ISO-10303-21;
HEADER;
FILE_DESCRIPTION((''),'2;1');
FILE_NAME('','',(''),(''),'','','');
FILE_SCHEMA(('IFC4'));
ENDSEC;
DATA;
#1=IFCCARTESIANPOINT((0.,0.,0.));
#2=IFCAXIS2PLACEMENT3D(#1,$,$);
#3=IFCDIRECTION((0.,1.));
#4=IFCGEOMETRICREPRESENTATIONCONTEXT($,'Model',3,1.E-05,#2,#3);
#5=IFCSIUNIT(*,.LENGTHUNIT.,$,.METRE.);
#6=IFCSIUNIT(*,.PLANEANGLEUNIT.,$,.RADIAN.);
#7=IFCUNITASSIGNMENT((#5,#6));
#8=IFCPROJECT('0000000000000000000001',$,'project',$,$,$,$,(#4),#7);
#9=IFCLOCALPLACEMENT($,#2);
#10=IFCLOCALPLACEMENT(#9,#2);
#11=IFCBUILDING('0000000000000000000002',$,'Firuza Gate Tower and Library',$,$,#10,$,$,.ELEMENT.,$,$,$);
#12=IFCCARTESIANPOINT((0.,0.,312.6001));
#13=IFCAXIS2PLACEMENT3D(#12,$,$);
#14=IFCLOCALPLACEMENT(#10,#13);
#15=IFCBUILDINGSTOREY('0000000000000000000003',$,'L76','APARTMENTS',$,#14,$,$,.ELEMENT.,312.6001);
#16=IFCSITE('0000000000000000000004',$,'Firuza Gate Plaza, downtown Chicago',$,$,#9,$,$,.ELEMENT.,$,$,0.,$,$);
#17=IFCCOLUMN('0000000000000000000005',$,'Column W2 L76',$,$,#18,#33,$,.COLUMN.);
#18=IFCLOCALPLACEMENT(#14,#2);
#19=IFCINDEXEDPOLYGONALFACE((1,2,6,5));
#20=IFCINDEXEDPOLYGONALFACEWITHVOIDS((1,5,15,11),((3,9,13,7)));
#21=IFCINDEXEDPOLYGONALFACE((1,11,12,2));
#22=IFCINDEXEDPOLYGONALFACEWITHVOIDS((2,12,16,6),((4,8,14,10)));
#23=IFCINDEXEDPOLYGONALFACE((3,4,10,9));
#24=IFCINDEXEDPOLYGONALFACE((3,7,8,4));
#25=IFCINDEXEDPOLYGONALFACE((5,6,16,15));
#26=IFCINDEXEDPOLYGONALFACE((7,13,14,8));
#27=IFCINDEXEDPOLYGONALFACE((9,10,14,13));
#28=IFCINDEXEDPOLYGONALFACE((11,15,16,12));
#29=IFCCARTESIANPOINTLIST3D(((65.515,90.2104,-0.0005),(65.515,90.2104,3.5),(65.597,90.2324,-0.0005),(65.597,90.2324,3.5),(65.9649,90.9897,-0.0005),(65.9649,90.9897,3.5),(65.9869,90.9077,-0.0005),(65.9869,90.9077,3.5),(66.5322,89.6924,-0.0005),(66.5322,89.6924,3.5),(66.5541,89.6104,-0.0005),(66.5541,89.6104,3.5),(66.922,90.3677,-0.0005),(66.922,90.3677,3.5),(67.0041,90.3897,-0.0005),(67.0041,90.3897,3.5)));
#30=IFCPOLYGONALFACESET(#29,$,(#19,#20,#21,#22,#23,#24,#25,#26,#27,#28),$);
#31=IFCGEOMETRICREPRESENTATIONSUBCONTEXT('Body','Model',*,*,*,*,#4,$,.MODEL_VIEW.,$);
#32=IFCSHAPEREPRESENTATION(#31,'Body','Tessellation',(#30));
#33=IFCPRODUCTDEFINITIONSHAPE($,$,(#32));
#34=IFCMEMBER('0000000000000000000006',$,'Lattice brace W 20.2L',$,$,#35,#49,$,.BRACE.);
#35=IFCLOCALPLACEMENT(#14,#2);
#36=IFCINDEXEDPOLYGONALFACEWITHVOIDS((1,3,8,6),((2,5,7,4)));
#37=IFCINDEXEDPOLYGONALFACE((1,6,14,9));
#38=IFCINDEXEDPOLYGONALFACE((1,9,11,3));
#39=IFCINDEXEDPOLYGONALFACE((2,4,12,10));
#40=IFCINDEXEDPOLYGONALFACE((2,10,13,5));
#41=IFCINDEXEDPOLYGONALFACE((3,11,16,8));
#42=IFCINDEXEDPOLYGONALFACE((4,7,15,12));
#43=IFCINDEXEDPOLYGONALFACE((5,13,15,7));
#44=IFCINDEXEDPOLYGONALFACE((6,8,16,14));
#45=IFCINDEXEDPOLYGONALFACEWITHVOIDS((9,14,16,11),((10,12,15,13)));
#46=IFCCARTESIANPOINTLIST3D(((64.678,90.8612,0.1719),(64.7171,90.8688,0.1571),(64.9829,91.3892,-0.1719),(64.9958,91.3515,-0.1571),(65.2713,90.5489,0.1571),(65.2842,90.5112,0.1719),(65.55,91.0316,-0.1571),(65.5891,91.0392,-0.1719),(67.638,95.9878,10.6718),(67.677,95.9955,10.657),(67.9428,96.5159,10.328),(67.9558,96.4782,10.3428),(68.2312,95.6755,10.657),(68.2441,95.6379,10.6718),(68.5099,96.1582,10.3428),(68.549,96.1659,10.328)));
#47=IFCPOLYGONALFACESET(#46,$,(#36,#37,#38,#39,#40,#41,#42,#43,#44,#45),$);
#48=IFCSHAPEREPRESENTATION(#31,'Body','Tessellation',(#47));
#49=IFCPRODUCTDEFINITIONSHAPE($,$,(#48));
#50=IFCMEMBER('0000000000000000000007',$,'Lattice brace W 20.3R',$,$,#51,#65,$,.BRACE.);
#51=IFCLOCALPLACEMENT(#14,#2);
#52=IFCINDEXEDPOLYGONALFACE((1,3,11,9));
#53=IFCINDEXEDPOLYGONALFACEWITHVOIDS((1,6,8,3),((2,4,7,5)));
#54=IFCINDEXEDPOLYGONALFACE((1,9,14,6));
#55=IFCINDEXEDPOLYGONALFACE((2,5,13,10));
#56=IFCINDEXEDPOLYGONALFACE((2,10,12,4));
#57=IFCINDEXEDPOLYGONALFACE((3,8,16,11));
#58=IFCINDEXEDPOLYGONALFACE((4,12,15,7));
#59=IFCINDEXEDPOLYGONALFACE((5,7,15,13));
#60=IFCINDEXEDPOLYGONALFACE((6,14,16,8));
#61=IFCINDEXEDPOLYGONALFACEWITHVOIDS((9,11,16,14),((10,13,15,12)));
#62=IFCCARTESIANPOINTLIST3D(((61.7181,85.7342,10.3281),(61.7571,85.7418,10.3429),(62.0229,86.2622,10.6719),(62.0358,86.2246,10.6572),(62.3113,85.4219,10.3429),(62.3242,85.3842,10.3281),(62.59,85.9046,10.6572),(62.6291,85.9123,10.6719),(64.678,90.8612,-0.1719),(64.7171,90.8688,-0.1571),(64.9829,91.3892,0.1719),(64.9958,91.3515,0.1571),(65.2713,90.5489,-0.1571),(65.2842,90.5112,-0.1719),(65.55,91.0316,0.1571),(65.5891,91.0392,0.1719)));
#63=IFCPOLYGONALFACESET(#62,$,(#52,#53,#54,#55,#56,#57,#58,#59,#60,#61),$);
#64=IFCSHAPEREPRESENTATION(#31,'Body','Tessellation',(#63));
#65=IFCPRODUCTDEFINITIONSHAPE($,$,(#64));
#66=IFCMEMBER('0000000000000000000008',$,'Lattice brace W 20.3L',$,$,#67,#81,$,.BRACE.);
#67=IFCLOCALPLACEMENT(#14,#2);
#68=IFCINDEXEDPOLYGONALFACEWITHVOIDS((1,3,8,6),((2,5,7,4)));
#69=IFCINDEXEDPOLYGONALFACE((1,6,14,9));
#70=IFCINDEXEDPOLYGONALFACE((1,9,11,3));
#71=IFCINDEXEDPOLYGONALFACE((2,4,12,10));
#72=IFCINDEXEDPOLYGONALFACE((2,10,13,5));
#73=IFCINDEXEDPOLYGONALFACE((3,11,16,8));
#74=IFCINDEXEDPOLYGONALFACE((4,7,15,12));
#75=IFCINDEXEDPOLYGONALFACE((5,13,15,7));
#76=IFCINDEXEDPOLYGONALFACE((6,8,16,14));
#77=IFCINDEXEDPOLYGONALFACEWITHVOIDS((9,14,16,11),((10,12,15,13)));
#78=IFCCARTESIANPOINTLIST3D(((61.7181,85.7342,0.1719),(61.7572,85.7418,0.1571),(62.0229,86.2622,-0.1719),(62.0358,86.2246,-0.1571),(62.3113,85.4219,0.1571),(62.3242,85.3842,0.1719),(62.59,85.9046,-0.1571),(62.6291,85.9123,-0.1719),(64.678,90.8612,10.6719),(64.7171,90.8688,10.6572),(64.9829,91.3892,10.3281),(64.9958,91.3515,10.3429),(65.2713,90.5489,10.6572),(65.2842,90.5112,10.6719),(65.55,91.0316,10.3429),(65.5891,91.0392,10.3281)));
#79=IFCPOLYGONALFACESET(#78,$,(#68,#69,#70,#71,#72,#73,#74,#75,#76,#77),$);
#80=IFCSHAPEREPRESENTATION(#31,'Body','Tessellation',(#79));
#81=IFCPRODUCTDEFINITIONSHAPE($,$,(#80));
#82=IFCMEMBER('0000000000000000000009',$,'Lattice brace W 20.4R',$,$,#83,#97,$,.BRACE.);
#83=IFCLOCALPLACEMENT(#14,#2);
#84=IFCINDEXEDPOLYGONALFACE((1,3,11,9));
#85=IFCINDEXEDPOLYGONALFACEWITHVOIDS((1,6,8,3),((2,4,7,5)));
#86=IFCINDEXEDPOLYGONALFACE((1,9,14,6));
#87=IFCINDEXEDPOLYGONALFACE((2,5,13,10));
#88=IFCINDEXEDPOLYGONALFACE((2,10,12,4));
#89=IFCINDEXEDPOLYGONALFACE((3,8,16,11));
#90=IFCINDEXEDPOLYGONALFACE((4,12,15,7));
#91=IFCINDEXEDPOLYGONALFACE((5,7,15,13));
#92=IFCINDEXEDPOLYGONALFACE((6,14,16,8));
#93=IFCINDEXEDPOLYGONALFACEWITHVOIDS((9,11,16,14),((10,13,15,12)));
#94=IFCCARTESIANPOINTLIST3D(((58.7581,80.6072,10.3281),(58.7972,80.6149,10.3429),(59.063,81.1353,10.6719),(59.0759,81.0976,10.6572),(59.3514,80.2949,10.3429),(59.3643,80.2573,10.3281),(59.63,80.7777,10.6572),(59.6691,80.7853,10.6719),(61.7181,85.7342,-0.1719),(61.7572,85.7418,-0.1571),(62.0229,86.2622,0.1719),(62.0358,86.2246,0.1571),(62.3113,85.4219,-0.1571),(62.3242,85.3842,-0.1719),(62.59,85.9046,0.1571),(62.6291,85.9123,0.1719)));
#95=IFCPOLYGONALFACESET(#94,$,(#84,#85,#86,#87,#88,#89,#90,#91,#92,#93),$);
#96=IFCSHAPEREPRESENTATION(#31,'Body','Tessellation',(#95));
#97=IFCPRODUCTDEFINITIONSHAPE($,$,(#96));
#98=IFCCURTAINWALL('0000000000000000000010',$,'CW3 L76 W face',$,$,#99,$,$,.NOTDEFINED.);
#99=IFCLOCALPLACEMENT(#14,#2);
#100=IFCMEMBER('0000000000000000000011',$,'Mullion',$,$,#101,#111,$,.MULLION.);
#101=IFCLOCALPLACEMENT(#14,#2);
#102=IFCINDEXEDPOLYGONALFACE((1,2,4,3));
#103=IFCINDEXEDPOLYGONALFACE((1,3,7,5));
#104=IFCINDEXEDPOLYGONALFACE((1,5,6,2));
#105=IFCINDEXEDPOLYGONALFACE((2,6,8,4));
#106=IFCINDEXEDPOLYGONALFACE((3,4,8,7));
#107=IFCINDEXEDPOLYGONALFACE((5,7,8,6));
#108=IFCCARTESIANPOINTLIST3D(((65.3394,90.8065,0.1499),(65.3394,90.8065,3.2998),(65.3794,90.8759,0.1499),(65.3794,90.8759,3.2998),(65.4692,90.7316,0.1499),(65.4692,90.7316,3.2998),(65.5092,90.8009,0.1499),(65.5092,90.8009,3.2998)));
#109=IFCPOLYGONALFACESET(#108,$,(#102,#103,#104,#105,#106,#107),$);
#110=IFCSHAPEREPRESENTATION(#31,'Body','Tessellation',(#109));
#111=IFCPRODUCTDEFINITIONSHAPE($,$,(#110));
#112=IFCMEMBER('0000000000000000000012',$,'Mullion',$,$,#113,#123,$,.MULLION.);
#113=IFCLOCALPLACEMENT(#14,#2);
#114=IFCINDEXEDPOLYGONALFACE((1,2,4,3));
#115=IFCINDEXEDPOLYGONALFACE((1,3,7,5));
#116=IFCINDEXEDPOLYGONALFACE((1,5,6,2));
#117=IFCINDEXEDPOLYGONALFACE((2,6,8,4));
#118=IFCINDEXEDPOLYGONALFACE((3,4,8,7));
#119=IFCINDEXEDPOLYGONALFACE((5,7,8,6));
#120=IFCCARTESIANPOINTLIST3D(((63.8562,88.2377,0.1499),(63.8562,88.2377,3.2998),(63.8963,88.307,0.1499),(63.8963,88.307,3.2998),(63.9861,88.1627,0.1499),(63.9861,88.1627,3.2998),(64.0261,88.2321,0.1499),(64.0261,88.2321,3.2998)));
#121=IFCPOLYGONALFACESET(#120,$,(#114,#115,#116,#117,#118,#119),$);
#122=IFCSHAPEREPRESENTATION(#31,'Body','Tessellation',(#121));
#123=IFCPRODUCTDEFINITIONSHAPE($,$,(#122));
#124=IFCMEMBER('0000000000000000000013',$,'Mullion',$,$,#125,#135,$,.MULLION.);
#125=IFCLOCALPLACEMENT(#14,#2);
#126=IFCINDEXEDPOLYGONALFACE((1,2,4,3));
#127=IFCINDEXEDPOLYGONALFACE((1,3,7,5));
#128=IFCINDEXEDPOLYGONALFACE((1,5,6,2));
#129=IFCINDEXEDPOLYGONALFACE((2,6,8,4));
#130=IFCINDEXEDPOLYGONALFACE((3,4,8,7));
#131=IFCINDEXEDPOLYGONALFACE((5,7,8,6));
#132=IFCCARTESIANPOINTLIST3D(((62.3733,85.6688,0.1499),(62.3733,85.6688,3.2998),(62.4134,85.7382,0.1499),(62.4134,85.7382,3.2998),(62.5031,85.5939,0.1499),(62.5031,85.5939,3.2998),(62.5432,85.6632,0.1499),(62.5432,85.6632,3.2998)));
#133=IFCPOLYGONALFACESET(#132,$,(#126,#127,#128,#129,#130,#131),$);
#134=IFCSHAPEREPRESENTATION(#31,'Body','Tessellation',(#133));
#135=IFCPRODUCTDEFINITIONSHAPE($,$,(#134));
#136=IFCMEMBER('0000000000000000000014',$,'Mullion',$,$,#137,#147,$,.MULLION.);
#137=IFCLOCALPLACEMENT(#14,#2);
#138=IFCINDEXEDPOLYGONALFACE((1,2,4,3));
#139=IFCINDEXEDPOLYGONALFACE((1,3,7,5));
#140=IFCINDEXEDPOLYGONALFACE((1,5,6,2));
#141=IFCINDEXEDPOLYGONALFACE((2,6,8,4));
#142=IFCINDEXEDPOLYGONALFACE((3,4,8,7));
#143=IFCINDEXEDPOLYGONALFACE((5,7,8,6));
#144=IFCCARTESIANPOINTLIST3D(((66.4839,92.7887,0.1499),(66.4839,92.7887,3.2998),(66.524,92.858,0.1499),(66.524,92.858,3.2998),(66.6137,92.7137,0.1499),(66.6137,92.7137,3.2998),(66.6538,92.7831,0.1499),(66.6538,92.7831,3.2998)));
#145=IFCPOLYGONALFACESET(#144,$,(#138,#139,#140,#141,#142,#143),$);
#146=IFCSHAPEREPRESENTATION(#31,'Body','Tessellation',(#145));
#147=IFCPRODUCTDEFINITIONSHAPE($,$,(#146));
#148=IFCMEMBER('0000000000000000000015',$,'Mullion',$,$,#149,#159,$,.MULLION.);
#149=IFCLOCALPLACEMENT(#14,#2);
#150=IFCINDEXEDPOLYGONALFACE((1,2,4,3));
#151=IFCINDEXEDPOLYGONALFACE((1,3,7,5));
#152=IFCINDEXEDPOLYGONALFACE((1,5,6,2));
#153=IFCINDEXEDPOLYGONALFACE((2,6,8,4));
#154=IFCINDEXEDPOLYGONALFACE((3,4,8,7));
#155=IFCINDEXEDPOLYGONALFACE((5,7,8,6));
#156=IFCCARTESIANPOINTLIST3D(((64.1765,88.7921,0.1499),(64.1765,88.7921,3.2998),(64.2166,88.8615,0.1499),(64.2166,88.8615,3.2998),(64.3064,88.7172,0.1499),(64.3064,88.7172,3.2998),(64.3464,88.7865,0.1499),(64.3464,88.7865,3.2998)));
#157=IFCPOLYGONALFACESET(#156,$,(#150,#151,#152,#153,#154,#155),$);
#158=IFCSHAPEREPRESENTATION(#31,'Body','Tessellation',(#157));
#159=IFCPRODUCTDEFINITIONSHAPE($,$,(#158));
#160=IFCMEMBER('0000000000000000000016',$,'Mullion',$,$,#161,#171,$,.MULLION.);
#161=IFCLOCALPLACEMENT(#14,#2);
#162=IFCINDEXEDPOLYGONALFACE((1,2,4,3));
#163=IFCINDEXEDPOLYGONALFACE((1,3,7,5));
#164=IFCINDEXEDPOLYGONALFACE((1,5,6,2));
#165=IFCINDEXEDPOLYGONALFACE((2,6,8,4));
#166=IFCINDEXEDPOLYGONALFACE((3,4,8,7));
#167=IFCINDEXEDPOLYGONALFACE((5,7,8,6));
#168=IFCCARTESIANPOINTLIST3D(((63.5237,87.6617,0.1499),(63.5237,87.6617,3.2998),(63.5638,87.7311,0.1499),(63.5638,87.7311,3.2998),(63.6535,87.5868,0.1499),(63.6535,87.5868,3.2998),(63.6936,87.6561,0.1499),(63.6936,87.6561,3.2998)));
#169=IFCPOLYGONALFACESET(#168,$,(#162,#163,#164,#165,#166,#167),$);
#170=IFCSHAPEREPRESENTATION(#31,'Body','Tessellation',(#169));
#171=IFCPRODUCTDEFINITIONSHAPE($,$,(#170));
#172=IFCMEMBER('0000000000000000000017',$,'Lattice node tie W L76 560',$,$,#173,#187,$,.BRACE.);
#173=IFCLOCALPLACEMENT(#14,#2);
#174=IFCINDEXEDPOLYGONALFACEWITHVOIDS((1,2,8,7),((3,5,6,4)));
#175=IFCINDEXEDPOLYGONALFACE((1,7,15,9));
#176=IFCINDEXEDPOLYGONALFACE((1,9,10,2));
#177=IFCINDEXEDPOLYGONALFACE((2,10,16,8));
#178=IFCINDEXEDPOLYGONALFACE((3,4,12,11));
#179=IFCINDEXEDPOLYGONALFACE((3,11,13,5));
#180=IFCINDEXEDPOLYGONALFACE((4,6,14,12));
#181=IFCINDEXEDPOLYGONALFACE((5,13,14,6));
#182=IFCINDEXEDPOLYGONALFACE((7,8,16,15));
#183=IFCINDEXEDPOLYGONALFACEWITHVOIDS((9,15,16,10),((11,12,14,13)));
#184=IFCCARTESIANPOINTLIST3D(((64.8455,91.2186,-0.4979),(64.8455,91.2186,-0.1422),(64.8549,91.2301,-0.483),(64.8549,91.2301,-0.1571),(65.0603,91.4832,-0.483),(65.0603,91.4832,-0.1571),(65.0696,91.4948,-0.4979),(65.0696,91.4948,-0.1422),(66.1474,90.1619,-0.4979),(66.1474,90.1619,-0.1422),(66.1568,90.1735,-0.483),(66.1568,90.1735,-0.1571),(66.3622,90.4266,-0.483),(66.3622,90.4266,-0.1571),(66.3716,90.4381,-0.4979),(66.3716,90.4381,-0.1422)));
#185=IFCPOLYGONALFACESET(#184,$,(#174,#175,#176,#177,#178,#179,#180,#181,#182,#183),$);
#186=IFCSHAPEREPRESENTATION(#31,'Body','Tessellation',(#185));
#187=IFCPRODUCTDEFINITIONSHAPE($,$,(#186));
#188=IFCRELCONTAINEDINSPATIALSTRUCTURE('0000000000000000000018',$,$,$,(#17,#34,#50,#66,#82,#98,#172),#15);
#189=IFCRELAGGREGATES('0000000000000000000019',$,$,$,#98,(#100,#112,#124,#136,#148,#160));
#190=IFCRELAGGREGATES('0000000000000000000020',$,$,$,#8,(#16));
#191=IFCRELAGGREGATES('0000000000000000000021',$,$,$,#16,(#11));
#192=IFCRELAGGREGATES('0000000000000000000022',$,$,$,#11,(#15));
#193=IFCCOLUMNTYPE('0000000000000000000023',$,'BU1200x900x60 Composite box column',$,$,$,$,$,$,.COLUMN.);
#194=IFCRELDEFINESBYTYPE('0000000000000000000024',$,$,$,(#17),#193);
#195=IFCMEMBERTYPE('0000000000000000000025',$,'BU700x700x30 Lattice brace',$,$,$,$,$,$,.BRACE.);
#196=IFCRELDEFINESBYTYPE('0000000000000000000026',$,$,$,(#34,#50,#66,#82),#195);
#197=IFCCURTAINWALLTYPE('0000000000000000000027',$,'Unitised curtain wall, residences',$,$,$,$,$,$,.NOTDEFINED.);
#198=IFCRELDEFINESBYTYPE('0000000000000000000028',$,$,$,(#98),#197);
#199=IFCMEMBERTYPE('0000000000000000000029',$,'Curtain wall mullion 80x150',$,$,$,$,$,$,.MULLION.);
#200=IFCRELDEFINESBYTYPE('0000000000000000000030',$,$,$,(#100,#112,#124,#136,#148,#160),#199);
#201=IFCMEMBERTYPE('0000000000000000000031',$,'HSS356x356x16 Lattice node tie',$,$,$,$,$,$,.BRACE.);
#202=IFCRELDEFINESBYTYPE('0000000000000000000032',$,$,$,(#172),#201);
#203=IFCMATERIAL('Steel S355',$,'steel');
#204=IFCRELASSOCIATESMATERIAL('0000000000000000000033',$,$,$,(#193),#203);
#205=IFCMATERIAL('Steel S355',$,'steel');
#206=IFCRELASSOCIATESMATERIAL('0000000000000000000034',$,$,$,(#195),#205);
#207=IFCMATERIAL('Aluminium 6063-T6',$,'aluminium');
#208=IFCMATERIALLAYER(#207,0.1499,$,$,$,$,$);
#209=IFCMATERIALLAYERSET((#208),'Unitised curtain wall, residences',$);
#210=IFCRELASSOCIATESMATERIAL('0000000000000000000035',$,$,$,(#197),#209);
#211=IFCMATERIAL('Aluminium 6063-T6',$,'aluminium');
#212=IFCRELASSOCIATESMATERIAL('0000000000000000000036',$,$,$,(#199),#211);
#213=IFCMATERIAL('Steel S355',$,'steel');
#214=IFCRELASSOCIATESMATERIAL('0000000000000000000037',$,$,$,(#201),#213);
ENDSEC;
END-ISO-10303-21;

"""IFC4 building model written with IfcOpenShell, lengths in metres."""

from ifc_helpers import new_model, si_unit, direction, frame, origin, origin_2d, place, context, subcontext, project, spatial, rectangle, hollow_rectangle, extrude, material, layer, layer_set, material_profile, profile_set, type_object, element, aggregate, save


model = new_model("IFC4")

# Units and contexts
model_context = context("Model", 3, precision=1e-05, world=origin(), true_north=direction((0.0, 1.0)))
body_context = subcontext(model_context, "Body", "Model", "MODEL_VIEW")
ifc_project = project(units=[si_unit("LENGTHUNIT", "METRE"), si_unit("PLANEANGLEUNIT", "RADIAN")], contexts=[model_context])

# Site, building, storey
site_placement = place(None, origin())
site = spatial("IfcSite", under=ifc_project, at=site_placement, Name="Firuza Gate Plaza, downtown Chicago", CompositionType="ELEMENT", RefElevation=0.0)
building_placement = place(site_placement, origin())
building = spatial("IfcBuilding", under=site, at=building_placement, Name="Firuza Gate Tower and Library", CompositionType="ELEMENT")
storey_placement = place(building_placement, frame((0.0, 0.0, 312.6001)))
storey = spatial("IfcBuildingStorey", under=building, at=storey_placement, Name="L76", Description="APARTMENTS", CompositionType="ELEMENT", Elevation=312.6001)

# Column
ifc_material_1 = material(Name="Steel S355", Category="steel")
ifc_material_profile_1 = material_profile(ifc_material_1, hollow_rectangle(XDim=0.8999, YDim=1.2, WallThickness=0.0601, at=origin_2d()))
ifc_profile_set_1 = profile_set([ifc_material_profile_1], Name="Steel S355")
column_type = type_object("IfcColumnType", Name="BU1200x900x60 Composite box column", PredefinedType="COLUMN", material=ifc_profile_set_1)
column_placement = place(storey_placement, frame((66.2595, 90.3, -0.0005), z_axis=(0.0, 0.0, 1.0), x_axis=(-0.5, -0.866025, 0.0)))
element("IfcColumn", 1, at=column_placement, inside=storey, type_object=column_type, Name="Column W2 L76", PredefinedType="COLUMN", context=body_context, shape_type="SweptSolid", body=[
    extrude(hollow_rectangle(XDim=0.8999, YDim=1.2, WallThickness=0.0601, at=origin_2d()), origin(), (0.0, 0.0, 1.0), 3.5005),
])

# Members
ifc_material_2 = material(Name="Steel S355", Category="steel")
ifc_material_profile_2 = material_profile(ifc_material_2, hollow_rectangle(XDim=0.7, YDim=0.7, WallThickness=0.03, at=origin_2d()))
ifc_profile_set_2 = profile_set([ifc_material_profile_2], Name="Steel S355")
member_type_1 = type_object("IfcMemberType", Name="BU700x700x30 Lattice brace", PredefinedType="BRACE", material=ifc_profile_set_2)
member_1_placement = place(storey_placement, frame((65.1335, 90.9502, 0.0), z_axis=(0.245562, 0.425318, 0.871093), x_axis=(-0.866021, 0.500007, 0.0)))
element("IfcMember", 2, at=member_1_placement, inside=storey, type_object=member_type_1, Name="Lattice brace W 20.2L", PredefinedType="BRACE", context=body_context, shape_type="SweptSolid", body=[
    extrude(hollow_rectangle(XDim=0.7, YDim=0.7, WallThickness=0.03, at=origin_2d()), origin(), (0.0, 0.0, 1.0), 12.0537),
])
for number, where, z_axis, x_axis, name in (
    (3, (65.1335, 90.9502, 0.0), (-0.24556, -0.425335, 0.871086), (0.866032, -0.499989, 0.0), "Lattice brace W 20.3R"),
    (4, (62.1736, 85.8232, 0.0), (0.24556, 0.425335, 0.871086), (-0.866032, 0.499989, 0.0), "Lattice brace W 20.3L"),
    (5, (62.1736, 85.8232, 0.0), (-0.24556, -0.425335, 0.871086), (0.866032, -0.499989, 0.0), "Lattice brace W 20.4R"),
):
    element("IfcMember", number, at=place(storey_placement, frame(where, z_axis=z_axis, x_axis=x_axis)), inside=storey, type_object=member_type_1, Name=name, PredefinedType="BRACE", context=body_context, shape_type="SweptSolid", body=[
        extrude(hollow_rectangle(XDim=0.7, YDim=0.7, WallThickness=0.03, at=origin_2d()), origin(), (0.0, 0.0, 1.0), 12.054),
    ])

# Curtain wall, members
ifc_material_3 = material(Name="Aluminium 6063-T6", Category="aluminium")
ifc_layer_1 = layer(ifc_material_3, 0.1499)
ifc_layer_set_1 = layer_set([ifc_layer_1], Name="Unitised curtain wall, residences")
curtain_wall_type = type_object("IfcCurtainWallType", Name="Unitised curtain wall, residences", PredefinedType="NOTDEFINED", material=ifc_layer_set_1)
placement = place(storey_placement, origin())
curtain_wall = element("IfcCurtainWall", 6, at=placement, inside=storey, type_object=curtain_wall_type, Name="CW3 L76 W face", PredefinedType="NOTDEFINED")
ifc_material_4 = material(Name="Aluminium 6063-T6", Category="aluminium")
ifc_material_profile_3 = material_profile(ifc_material_4, rectangle(XDim=0.1499, YDim=0.0801, at=origin_2d()))
ifc_profile_set_3 = profile_set([ifc_material_profile_3], Name="Aluminium 6063-T6")
member_type_2 = type_object("IfcMemberType", Name="Curtain wall mullion 80x150", PredefinedType="MULLION", material=ifc_profile_set_3)
member_2_placement = place(storey_placement, frame((65.4243, 90.8037, 0.1499), z_axis=(0.0, 0.0, 1.0), x_axis=(0.866025, -0.5, 0.0)))
member_2 = element("IfcMember", 7, at=member_2_placement, type_object=member_type_2, Name="Mullion", PredefinedType="MULLION", context=body_context, shape_type="SweptSolid", body=[
    extrude(rectangle(XDim=0.1499, YDim=0.0801, at=origin_2d()), origin(), (0.0, 0.0, 1.0), 3.1499),
])
member_3_placement = place(storey_placement, frame((63.9412, 88.2349, 0.1499), z_axis=(0.0, 0.0, 1.0), x_axis=(0.866025, -0.5, 0.0)))
member_3 = element("IfcMember", 8, at=member_3_placement, type_object=member_type_2, Name="Mullion", PredefinedType="MULLION", context=body_context, shape_type="SweptSolid", body=[
    extrude(rectangle(XDim=0.1499, YDim=0.0801, at=origin_2d()), origin(), (0.0, 0.0, 1.0), 3.1499),
])
member_4_placement = place(storey_placement, frame((62.4583, 85.666, 0.1499), z_axis=(0.0, 0.0, 1.0), x_axis=(0.866025, -0.5, 0.0)))
member_4 = element("IfcMember", 9, at=member_4_placement, type_object=member_type_2, Name="Mullion", PredefinedType="MULLION", context=body_context, shape_type="SweptSolid", body=[
    extrude(rectangle(XDim=0.1499, YDim=0.0801, at=origin_2d()), origin(), (0.0, 0.0, 1.0), 3.1499),
])
member_5_placement = place(storey_placement, frame((66.5688, 92.7859, 0.1499), z_axis=(0.0, 0.0, 1.0), x_axis=(0.866025, -0.5, 0.0)))
member_5 = element("IfcMember", 10, at=member_5_placement, type_object=member_type_2, Name="Mullion", PredefinedType="MULLION", context=body_context, shape_type="SweptSolid", body=[
    extrude(rectangle(XDim=0.1499, YDim=0.0801, at=origin_2d()), origin(), (0.0, 0.0, 1.0), 3.1499),
])
member_6_placement = place(storey_placement, frame((64.2615, 88.7893, 0.1499), z_axis=(0.0, 0.0, 1.0), x_axis=(0.866025, -0.5, 0.0)))
member_6 = element("IfcMember", 11, at=member_6_placement, type_object=member_type_2, Name="Mullion", PredefinedType="MULLION", context=body_context, shape_type="SweptSolid", body=[
    extrude(rectangle(XDim=0.1499, YDim=0.0801, at=origin_2d()), origin(), (0.0, 0.0, 1.0), 3.1499),
])
member_7_placement = place(storey_placement, frame((63.6086, 87.6589, 0.1499), z_axis=(0.0, 0.0, 1.0), x_axis=(0.866025, -0.5, 0.0)))
member_7 = element("IfcMember", 12, at=member_7_placement, type_object=member_type_2, Name="Mullion", PredefinedType="MULLION", context=body_context, shape_type="SweptSolid", body=[
    extrude(rectangle(XDim=0.1499, YDim=0.0801, at=origin_2d()), origin(), (0.0, 0.0, 1.0), 3.1499),
])

# Member
ifc_material_5 = material(Name="Steel S355", Category="steel")
ifc_material_profile_4 = material_profile(ifc_material_5, hollow_rectangle(XDim=0.3557, YDim=0.3557, WallThickness=0.0149, at=origin_2d()))
ifc_profile_set_4 = profile_set([ifc_material_profile_4], Name="Steel S355")
member_type_3 = type_object("IfcMemberType", Name="HSS356x356x16 Lattice node tie", PredefinedType="BRACE", material=ifc_profile_set_4)
member_8_placement = place(storey_placement, frame((66.2595, 90.3, -0.3201), z_axis=(-0.776475, 0.630149, 0.0), x_axis=(-0.630149, -0.776475, 0.0)))
element("IfcMember", 13, at=member_8_placement, inside=storey, type_object=member_type_3, Name="Lattice node tie W L76 560", PredefinedType="BRACE", context=body_context, shape_type="SweptSolid", body=[
    extrude(hollow_rectangle(XDim=0.3557, YDim=0.3557, WallThickness=0.0149, at=origin_2d()), origin(), (0.0, 0.0, 1.0), 1.6768),
])

aggregate(curtain_wall, [member_2, member_3, member_4, member_5, member_6, member_7])

save(model, "model.ifc")
